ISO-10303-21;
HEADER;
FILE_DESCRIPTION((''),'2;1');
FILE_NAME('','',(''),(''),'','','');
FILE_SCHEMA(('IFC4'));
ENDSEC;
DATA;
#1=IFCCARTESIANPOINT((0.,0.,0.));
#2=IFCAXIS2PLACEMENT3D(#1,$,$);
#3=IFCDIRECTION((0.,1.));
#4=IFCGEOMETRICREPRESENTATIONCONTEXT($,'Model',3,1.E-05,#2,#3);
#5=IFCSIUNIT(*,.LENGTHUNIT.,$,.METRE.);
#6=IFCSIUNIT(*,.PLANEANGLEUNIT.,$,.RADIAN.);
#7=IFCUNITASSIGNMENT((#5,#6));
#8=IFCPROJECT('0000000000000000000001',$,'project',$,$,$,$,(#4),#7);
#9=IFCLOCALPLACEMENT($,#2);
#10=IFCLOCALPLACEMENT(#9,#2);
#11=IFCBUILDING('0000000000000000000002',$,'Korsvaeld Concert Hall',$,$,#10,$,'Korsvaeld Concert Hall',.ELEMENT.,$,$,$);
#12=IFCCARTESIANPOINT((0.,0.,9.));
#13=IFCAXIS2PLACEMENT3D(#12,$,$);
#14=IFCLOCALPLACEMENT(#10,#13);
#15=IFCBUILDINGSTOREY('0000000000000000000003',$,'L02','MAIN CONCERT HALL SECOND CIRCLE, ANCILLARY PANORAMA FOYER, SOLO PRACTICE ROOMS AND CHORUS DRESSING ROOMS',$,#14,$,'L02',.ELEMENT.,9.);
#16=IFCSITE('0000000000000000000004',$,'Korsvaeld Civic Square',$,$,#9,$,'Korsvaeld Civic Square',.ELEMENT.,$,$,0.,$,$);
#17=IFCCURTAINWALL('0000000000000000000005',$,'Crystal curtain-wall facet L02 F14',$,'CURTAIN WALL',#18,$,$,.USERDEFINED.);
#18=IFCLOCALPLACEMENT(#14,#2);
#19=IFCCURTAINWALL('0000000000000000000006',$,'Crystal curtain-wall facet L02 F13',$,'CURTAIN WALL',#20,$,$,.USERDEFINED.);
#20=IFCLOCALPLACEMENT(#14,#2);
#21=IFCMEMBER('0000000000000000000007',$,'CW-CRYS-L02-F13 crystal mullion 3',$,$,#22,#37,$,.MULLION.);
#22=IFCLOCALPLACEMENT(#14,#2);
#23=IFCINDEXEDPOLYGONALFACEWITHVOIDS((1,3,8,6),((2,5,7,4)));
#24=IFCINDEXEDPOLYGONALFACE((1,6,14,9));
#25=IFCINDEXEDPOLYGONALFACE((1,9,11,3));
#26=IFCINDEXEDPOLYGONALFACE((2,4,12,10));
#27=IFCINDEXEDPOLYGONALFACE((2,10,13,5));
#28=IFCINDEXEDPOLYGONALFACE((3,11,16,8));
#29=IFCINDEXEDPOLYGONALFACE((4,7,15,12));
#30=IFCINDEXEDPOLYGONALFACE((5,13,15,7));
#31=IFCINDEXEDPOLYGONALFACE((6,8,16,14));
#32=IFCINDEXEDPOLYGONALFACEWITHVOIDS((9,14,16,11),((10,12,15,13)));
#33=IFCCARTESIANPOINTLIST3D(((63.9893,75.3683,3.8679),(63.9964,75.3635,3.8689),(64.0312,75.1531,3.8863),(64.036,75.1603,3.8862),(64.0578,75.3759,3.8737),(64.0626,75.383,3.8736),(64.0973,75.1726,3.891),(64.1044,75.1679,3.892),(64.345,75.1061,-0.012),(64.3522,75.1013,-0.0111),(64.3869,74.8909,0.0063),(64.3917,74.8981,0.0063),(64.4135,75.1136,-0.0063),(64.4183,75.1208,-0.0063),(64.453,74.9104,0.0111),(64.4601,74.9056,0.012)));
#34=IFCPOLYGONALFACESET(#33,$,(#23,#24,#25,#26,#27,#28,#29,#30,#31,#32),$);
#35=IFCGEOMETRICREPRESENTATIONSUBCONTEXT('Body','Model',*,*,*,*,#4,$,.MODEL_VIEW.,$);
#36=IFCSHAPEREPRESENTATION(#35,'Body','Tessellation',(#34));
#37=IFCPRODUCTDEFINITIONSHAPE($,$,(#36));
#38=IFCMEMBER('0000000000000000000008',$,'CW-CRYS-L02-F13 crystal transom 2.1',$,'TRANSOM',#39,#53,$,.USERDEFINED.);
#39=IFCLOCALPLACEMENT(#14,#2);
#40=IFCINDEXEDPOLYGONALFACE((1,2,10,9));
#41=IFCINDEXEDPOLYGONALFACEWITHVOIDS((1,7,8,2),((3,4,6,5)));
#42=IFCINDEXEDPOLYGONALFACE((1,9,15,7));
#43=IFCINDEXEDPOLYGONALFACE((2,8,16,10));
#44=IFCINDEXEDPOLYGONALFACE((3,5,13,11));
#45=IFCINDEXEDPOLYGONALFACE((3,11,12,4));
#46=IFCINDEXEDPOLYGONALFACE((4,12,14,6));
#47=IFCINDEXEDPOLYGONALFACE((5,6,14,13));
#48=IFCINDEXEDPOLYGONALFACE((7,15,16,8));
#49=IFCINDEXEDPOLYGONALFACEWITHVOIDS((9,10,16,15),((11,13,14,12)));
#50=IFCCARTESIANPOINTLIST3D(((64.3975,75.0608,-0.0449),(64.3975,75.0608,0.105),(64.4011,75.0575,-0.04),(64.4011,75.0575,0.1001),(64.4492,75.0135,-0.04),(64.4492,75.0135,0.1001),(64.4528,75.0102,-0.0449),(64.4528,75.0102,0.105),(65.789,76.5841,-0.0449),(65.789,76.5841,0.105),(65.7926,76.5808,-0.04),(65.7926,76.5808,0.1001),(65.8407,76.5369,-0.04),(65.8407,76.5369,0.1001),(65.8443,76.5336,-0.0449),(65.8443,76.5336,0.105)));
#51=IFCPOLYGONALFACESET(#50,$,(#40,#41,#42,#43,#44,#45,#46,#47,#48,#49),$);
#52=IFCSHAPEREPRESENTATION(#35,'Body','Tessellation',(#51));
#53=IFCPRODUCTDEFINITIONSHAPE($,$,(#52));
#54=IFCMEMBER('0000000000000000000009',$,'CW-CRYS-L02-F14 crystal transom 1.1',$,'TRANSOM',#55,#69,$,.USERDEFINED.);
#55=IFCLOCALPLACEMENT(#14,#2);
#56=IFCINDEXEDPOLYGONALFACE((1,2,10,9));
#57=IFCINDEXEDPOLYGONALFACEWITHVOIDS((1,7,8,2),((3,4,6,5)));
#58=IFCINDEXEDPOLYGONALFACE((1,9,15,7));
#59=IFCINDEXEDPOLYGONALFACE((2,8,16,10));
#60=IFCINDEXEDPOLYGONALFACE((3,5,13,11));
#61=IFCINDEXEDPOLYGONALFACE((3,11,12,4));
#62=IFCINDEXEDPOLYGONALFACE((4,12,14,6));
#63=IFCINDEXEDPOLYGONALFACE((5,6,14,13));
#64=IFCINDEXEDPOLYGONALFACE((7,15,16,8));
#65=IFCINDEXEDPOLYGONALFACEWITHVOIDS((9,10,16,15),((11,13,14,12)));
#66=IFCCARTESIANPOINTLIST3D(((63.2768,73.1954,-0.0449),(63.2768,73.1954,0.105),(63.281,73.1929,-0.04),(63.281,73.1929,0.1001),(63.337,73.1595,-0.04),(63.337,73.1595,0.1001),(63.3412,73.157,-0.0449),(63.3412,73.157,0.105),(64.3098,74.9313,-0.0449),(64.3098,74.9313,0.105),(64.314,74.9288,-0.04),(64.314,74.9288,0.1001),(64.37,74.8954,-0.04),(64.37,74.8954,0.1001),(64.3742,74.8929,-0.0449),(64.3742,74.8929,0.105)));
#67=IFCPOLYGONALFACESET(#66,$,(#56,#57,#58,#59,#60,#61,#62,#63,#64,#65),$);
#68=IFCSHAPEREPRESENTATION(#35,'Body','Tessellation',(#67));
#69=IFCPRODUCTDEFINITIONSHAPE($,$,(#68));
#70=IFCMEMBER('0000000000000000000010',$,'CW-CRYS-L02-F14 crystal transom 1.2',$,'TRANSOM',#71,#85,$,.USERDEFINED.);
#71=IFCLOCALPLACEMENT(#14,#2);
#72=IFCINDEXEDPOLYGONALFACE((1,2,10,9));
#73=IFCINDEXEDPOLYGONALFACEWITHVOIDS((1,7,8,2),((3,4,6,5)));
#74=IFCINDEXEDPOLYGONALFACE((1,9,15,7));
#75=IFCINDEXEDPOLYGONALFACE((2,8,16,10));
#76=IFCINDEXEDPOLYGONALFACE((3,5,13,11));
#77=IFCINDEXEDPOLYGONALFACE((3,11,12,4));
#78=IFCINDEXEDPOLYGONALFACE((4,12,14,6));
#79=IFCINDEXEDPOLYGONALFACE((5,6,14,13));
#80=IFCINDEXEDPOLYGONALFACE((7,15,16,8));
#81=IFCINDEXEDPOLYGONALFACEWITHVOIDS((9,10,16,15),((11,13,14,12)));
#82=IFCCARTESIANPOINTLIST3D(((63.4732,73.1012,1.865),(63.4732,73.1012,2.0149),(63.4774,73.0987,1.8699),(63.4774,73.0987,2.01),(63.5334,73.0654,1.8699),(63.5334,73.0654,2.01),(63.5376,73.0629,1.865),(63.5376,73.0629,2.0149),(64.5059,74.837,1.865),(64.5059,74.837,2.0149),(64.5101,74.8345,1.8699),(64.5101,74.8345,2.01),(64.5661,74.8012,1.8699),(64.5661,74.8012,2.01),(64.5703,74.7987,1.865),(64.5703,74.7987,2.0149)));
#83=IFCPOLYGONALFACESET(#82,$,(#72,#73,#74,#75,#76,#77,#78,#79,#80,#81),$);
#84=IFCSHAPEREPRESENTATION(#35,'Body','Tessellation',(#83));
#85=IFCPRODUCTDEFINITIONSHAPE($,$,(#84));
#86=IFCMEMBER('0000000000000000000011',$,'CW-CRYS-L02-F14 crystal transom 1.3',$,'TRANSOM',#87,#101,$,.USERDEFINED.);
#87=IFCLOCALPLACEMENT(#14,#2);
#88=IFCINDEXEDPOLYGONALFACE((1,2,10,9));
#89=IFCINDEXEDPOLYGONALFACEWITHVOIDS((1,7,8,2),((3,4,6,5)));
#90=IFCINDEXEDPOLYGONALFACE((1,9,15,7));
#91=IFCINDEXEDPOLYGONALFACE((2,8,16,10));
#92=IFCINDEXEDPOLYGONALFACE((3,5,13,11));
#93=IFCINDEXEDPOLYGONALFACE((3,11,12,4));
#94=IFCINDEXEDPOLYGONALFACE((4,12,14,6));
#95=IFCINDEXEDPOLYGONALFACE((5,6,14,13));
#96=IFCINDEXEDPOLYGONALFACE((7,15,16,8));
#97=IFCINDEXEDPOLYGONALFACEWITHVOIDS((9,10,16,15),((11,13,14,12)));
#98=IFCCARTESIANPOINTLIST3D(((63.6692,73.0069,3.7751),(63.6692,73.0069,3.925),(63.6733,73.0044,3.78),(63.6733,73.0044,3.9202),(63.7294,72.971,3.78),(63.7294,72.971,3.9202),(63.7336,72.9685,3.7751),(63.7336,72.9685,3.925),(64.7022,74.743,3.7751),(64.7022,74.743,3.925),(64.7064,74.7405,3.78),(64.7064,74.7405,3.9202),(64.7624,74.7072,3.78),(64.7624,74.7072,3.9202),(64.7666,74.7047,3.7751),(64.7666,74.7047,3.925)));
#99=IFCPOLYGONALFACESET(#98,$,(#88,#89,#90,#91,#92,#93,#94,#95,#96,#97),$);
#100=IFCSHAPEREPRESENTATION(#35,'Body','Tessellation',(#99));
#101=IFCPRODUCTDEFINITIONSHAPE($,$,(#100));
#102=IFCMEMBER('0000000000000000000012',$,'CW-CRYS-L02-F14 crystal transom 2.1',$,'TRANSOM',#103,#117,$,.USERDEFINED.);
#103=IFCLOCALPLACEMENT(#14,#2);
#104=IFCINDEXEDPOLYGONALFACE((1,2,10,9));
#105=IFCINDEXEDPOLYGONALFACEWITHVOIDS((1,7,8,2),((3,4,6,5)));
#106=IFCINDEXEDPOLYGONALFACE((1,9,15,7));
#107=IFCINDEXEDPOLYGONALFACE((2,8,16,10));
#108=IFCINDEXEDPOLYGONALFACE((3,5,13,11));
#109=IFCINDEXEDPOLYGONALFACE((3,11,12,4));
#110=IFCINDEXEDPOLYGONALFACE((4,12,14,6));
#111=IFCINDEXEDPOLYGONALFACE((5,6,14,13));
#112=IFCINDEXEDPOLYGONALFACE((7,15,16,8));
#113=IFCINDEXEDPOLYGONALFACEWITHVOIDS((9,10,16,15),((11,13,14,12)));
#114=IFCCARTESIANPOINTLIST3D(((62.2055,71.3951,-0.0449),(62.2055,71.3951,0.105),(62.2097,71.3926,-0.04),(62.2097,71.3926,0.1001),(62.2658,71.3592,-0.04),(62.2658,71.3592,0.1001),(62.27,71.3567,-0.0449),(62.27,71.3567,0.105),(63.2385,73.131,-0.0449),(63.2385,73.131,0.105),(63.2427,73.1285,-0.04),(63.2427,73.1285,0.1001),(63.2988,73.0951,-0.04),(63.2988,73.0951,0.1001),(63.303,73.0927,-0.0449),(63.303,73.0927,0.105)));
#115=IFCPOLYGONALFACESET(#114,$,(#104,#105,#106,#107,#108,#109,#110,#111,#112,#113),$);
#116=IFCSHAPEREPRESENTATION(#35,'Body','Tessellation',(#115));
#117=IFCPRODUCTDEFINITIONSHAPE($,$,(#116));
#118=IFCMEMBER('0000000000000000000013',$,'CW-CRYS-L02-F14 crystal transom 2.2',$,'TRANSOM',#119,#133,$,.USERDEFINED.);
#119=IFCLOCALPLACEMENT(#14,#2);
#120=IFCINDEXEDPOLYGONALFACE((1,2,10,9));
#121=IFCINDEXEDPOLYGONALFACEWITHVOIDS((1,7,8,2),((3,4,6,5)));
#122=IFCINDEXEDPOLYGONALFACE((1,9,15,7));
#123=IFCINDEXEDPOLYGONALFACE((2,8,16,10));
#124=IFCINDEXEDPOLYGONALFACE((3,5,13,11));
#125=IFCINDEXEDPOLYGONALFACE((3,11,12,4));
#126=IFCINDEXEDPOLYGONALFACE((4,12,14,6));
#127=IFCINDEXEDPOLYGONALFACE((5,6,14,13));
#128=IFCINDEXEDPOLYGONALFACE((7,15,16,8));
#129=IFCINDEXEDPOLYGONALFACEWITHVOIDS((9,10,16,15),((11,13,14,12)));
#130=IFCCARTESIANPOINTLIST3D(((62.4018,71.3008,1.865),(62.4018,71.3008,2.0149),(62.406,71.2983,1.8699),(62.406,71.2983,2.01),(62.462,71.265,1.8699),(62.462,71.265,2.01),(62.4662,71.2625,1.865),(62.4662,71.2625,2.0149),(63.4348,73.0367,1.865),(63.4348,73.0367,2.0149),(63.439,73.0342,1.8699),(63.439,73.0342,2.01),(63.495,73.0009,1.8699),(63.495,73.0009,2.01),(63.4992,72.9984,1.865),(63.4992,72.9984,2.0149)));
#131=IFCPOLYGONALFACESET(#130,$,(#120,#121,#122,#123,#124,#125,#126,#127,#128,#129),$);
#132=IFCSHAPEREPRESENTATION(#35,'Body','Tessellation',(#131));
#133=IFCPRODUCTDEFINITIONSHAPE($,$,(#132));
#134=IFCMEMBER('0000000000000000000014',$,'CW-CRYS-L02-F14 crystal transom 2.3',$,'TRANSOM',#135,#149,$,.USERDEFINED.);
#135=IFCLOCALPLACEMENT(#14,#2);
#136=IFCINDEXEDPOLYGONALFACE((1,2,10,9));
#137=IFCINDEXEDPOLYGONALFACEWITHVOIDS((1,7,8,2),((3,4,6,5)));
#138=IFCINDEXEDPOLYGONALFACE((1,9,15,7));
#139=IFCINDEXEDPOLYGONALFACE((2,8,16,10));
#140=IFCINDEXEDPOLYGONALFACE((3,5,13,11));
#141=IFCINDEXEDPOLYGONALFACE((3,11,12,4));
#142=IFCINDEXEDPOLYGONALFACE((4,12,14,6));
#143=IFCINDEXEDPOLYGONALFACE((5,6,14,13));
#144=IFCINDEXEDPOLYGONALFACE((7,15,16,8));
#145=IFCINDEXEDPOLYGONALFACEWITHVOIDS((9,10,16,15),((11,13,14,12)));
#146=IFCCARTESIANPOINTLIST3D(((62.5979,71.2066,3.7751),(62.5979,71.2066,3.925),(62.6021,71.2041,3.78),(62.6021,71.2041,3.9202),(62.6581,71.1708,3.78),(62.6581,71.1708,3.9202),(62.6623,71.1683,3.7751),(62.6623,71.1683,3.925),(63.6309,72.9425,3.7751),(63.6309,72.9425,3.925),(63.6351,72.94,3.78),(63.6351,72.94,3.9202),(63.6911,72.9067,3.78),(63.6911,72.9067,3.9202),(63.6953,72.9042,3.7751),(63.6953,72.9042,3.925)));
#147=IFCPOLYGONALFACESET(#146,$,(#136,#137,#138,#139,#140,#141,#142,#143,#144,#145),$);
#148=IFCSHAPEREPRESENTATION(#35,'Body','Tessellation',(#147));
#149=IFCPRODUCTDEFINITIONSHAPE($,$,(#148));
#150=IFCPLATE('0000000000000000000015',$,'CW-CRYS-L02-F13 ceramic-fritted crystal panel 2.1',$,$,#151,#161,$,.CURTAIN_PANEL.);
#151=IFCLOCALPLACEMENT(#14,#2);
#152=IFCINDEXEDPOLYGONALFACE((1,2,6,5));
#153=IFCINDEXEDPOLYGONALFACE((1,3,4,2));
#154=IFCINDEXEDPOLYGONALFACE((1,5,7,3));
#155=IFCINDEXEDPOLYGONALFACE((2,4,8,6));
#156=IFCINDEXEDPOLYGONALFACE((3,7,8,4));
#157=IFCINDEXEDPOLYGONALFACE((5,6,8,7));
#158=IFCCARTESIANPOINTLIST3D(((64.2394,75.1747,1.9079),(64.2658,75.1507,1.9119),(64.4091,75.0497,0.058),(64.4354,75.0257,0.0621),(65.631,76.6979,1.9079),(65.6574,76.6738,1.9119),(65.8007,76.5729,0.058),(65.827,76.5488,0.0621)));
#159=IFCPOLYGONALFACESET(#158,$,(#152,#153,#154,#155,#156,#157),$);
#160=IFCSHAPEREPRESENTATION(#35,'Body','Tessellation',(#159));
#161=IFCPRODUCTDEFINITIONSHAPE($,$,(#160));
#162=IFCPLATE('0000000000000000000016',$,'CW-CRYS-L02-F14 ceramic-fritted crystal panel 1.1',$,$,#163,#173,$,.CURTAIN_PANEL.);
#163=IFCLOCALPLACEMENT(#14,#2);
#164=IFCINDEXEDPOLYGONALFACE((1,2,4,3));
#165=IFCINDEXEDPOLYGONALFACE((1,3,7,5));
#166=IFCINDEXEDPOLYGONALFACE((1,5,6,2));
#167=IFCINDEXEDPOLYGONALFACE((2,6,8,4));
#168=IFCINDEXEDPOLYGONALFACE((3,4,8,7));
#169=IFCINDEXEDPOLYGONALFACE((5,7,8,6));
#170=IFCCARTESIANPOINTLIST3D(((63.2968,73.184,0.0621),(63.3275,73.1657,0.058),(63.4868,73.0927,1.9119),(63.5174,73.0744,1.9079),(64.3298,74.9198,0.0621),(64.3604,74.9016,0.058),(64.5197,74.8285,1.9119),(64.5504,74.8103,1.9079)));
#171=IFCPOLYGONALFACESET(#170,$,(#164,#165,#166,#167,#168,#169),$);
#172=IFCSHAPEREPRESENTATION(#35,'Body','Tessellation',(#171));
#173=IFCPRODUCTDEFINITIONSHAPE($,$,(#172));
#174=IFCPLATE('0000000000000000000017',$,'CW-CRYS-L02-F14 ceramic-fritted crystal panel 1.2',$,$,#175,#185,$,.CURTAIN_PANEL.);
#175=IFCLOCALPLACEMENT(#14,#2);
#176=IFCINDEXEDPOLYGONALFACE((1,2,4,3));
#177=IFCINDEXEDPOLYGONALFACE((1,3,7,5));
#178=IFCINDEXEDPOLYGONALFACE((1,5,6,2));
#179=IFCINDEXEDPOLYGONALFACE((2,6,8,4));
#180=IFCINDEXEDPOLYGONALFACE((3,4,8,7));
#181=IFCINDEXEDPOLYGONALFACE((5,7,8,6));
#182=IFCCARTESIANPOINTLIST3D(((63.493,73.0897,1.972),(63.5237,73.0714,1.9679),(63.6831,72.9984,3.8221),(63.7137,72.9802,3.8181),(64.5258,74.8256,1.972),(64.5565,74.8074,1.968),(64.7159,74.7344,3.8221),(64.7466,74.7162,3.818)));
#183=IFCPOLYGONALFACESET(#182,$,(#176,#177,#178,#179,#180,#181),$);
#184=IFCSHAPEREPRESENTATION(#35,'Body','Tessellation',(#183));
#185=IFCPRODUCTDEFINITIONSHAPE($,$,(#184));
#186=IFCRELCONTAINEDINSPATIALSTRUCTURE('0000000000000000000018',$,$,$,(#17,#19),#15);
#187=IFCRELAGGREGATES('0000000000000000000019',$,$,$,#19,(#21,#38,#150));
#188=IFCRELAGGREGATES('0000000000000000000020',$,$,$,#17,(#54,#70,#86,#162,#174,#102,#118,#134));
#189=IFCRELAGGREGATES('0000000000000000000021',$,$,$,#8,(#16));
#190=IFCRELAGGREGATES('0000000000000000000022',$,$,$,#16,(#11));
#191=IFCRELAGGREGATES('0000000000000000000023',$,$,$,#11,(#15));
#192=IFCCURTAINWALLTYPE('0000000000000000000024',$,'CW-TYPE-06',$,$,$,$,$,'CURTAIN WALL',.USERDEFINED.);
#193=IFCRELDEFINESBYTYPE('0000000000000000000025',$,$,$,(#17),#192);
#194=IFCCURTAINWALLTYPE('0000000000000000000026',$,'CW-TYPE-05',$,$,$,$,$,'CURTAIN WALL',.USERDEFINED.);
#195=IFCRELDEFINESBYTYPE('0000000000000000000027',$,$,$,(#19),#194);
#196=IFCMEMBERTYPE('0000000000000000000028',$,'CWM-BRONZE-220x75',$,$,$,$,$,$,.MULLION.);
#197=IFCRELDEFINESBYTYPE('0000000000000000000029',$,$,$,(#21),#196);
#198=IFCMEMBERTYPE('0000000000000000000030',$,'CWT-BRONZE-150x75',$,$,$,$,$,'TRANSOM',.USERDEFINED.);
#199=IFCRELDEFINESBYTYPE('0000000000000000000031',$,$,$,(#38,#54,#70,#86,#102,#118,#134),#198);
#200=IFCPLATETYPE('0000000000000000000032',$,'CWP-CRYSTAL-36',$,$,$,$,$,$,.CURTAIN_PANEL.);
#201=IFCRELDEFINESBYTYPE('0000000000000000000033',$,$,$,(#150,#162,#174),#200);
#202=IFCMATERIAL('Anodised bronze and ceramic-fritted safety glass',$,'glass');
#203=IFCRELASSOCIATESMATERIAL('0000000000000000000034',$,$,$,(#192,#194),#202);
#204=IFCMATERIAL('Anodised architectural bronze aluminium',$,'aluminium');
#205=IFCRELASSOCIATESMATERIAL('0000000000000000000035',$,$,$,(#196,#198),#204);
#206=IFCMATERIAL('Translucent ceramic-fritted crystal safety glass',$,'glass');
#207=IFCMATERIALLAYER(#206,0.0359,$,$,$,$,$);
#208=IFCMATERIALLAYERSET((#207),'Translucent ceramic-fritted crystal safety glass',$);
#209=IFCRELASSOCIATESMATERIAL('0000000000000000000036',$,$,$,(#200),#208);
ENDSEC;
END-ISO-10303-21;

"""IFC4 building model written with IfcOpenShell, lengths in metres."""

from ifc_helpers import new_model, si_unit, direction, frame, origin, origin_2d, place, context, subcontext, project, spatial, polyline, hollow_rectangle, outline, extrude, material, layer, layer_set, material_profile, profile_set, type_object, element, aggregate, save


model = new_model("IFC4")

# Units and contexts
model_context = context("Model", 3, precision=1e-05, world=origin(), true_north=direction((0.0, 1.0)))
body_context = subcontext(model_context, "Body", "Model", "MODEL_VIEW")
ifc_project = project(units=[si_unit("LENGTHUNIT", "METRE"), si_unit("PLANEANGLEUNIT", "RADIAN")], contexts=[model_context])

# Site, building, storey
site_placement = place(None, origin())
site = spatial("IfcSite", under=ifc_project, at=site_placement, Name="Korsvaeld Civic Square", LongName="Korsvaeld Civic Square", CompositionType="ELEMENT", RefElevation=0.0)
building_placement = place(site_placement, origin())
building = spatial("IfcBuilding", under=site, at=building_placement, Name="Korsvaeld Concert Hall", LongName="Korsvaeld Concert Hall", CompositionType="ELEMENT")
storey_placement = place(building_placement, frame((0.0, 0.0, 9.0)))
storey = spatial("IfcBuildingStorey", under=building, at=storey_placement, Name="L02", Description="MAIN CONCERT HALL SECOND CIRCLE, ANCILLARY PANORAMA FOYER, SOLO PRACTICE ROOMS AND CHORUS DRESSING ROOMS", LongName="L02", CompositionType="ELEMENT", Elevation=9.0)

# Curtain walls, members
ifc_material_1 = material(Name="Anodised bronze and ceramic-fritted safety glass", Category="glass")
curtain_wall_type_1 = type_object("IfcCurtainWallType", Name="CW-TYPE-06", ElementType="CURTAIN WALL", PredefinedType="USERDEFINED", material=ifc_material_1)
curtain_wall_1_placement = place(storey_placement, origin())
curtain_wall_1 = element("IfcCurtainWall", 1, at=curtain_wall_1_placement, inside=storey, type_object=curtain_wall_type_1, Name="Crystal curtain-wall facet L02 F14", ObjectType="CURTAIN WALL", PredefinedType="USERDEFINED")
ifc_material_2 = material(Name="Anodised architectural bronze aluminium", Category="aluminium")
curtain_wall_type_2 = type_object("IfcCurtainWallType", Name="CW-TYPE-05", ElementType="CURTAIN WALL", PredefinedType="USERDEFINED", material=ifc_material_1)
curtain_wall_2_placement = place(storey_placement, origin())
curtain_wall_2 = element("IfcCurtainWall", 2, at=curtain_wall_2_placement, inside=storey, type_object=curtain_wall_type_2, Name="Crystal curtain-wall facet L02 F13", ObjectType="CURTAIN WALL", PredefinedType="USERDEFINED")
ifc_material_profile_1 = material_profile(ifc_material_2, hollow_rectangle(XDim=0.075, YDim=0.22, WallThickness=0.0061, at=origin_2d()), Name="CWM 220x75x6")
ifc_profile_set_1 = profile_set([ifc_material_profile_1], Name="Anodised architectural bronze aluminium")
member_type_1 = type_object("IfcMemberType", Name="CWM-BRONZE-220x75", PredefinedType="MULLION", material=ifc_profile_set_1)
member_1_placement = place(storey_placement, frame((64.4026, 75.0059, 0.0), z_axis=(-0.091092, 0.067147, 0.993576), x_axis=(-0.9775, -0.196641, -0.076329)))
member_1 = element("IfcMember", 3, at=member_1_placement, type_object=member_type_1, Name="CW-CRYS-L02-F13 crystal mullion 3", PredefinedType="MULLION", context=body_context, shape_type="SweptSolid", body=[
    extrude(hollow_rectangle(XDim=0.075, YDim=0.22, WallThickness=0.0061, at=origin_2d()), origin(), (0.0, 0.0, 1.0), 3.905),
])
ifc_material_profile_2 = material_profile(ifc_material_2, hollow_rectangle(XDim=0.075, YDim=0.1499, WallThickness=0.0049, at=origin_2d()), Name="CWT 150x75x5")
ifc_profile_set_2 = profile_set([ifc_material_profile_2], Name="Anodised architectural bronze aluminium")
member_type_2 = type_object("IfcMemberType", Name="CWT-BRONZE-150x75", ElementType="TRANSOM", PredefinedType="USERDEFINED", material=ifc_profile_set_2)
member_2_placement = place(storey_placement, frame((65.8167, 76.5588, 0.03), z_axis=(-0.674438, -0.738332, 0.0), x_axis=(0.738332, -0.674438, 0.0)))
member_2 = element("IfcMember", 4, at=member_2_placement, type_object=member_type_2, Name="CW-CRYS-L02-F13 crystal transom 2.1", ObjectType="TRANSOM", PredefinedType="USERDEFINED", context=body_context, shape_type="SweptSolid", body=[
    extrude(hollow_rectangle(XDim=0.075, YDim=0.1499, WallThickness=0.0049, at=origin_2d()), origin(), (0.0, 0.0, 1.0), 2.0632),
])

# Members
member_3_placement = place(storey_placement, frame((64.342, 74.9121, 0.03), z_axis=(-0.511382, -0.859354, 0.0), x_axis=(0.859354, -0.511382, 0.0)))
member_3 = element("IfcMember", 5, at=member_3_placement, type_object=member_type_2, Name="CW-CRYS-L02-F14 crystal transom 1.1", ObjectType="TRANSOM", PredefinedType="USERDEFINED", context=body_context, shape_type="SweptSolid", body=[
    extrude(hollow_rectangle(XDim=0.075, YDim=0.1499, WallThickness=0.0049, at=origin_2d()), origin(), (0.0, 0.0, 1.0), 2.02),
])
member_4_placement = place(storey_placement, frame((64.5381, 74.8179, 1.9399), z_axis=(-0.511293, -0.859407, 0.0), x_axis=(0.859407, -0.511293, 0.0)))
member_4 = element("IfcMember", 6, at=member_4_placement, type_object=member_type_2, Name="CW-CRYS-L02-F14 crystal transom 1.2", ObjectType="TRANSOM", PredefinedType="USERDEFINED", context=body_context, shape_type="SweptSolid", body=[
    extrude(hollow_rectangle(XDim=0.075, YDim=0.1499, WallThickness=0.0049, at=origin_2d()), origin(), (0.0, 0.0, 1.0), 2.0198),
])
member_5_placement = place(storey_placement, frame((64.7344, 74.7239, 3.8501), z_axis=(-0.511329, -0.859385, 0.0), x_axis=(0.859385, -0.511329, 0.0)))
member_5 = element("IfcMember", 7, at=member_5_placement, type_object=member_type_2, Name="CW-CRYS-L02-F14 crystal transom 1.3", ObjectType="TRANSOM", PredefinedType="USERDEFINED", context=body_context, shape_type="SweptSolid", body=[
    extrude(hollow_rectangle(XDim=0.075, YDim=0.1499, WallThickness=0.0049, at=origin_2d()), origin(), (0.0, 0.0, 1.0), 2.0203),
])
member_6_placement = place(storey_placement, frame((63.2708, 73.1118, 0.03), z_axis=(-0.511382, -0.859354, 0.0), x_axis=(0.859354, -0.511382, 0.0)))
member_6 = element("IfcMember", 8, at=member_6_placement, type_object=member_type_2, Name="CW-CRYS-L02-F14 crystal transom 2.1", ObjectType="TRANSOM", PredefinedType="USERDEFINED", context=body_context, shape_type="SweptSolid", body=[
    extrude(hollow_rectangle(XDim=0.075, YDim=0.1499, WallThickness=0.0049, at=origin_2d()), origin(), (0.0, 0.0, 1.0), 2.02),
])
member_7_placement = place(storey_placement, frame((63.467, 73.0176, 1.9399), z_axis=(-0.511382, -0.859354, 0.0), x_axis=(0.859354, -0.511382, 0.0)))
member_7 = element("IfcMember", 9, at=member_7_placement, type_object=member_type_2, Name="CW-CRYS-L02-F14 crystal transom 2.2", ObjectType="TRANSOM", PredefinedType="USERDEFINED", context=body_context, shape_type="SweptSolid", body=[
    extrude(hollow_rectangle(XDim=0.075, YDim=0.1499, WallThickness=0.0049, at=origin_2d()), origin(), (0.0, 0.0, 1.0), 2.02),
])
member_8_placement = place(storey_placement, frame((63.6631, 72.9233, 3.8501), z_axis=(-0.511382, -0.859354, 0.0), x_axis=(0.859354, -0.511382, 0.0)))
member_8 = element("IfcMember", 10, at=member_8_placement, type_object=member_type_2, Name="CW-CRYS-L02-F14 crystal transom 2.3", ObjectType="TRANSOM", PredefinedType="USERDEFINED", context=body_context, shape_type="SweptSolid", body=[
    extrude(hollow_rectangle(XDim=0.075, YDim=0.1499, WallThickness=0.0049, at=origin_2d()), origin(), (0.0, 0.0, 1.0), 2.02),
])

# Plates
ifc_material_3 = material(Name="Translucent ceramic-fritted crystal safety glass", Category="glass")
ifc_layer_1 = layer(ifc_material_3, 0.0359)
ifc_layer_set_1 = layer_set([ifc_layer_1], Name="Translucent ceramic-fritted crystal safety glass")
plate_type = type_object("IfcPlateType", Name="CWP-CRYSTAL-36", PredefinedType="CURTAIN_PANEL", material=ifc_layer_set_1)
plate_1_placement = place(storey_placement, frame((65.814, 76.5608, 0.0601), z_axis=(-0.733585, 0.670209, -0.112576), x_axis=(-0.674497, -0.738278, 0.0)))
plate_1 = element("IfcPlate", 11, at=plate_1_placement, type_object=plate_type, Name="CW-CRYS-L02-F13 ceramic-fritted crystal panel 2.1", PredefinedType="CURTAIN_PANEL", context=body_context, shape_type="SweptSolid", body=[
    extrude(outline(polyline([(0.0, 0.0), (2.0632, 0.0), (2.0853, 1.8617), (0.0222, 1.8617), (0.0, 0.0)])), frame((0.0, 0.0, 0.0181)), (0.0, 0.0, -1.0), 0.0359),
])
aggregate(curtain_wall_2, [member_1, member_2, plate_1])
plate_2_placement = place(storey_placement, frame((64.3452, 74.9106, 0.0601), z_axis=(-0.853873, 0.508121, 0.112756), x_axis=(-0.511382, -0.859354, 0.0)))
plate_2 = element("IfcPlate", 12, at=plate_2_placement, type_object=plate_type, Name="CW-CRYS-L02-F14 ceramic-fritted crystal panel 1.1", PredefinedType="CURTAIN_PANEL", context=body_context, shape_type="SweptSolid", body=[
    extrude(outline(polyline([(0.0, 0.0), (2.0199, 0.0), (2.0013, 1.8617), (-0.0187, 1.8617), (0.0, 0.0)])), frame((0.0, 0.0, 0.0181)), (0.0, 0.0, -1.0), 0.0359),
])
plate_3_placement = place(storey_placement, frame((64.5413, 74.8164, 1.97), z_axis=(-0.853915, 0.508049, 0.112764), x_axis=(-0.511312, -0.859395, -0.000009)))
plate_3 = element("IfcPlate", 13, at=plate_3_placement, type_object=plate_type, Name="CW-CRYS-L02-F14 ceramic-fritted crystal panel 1.2", PredefinedType="CURTAIN_PANEL", context=body_context, shape_type="SweptSolid", body=[
    extrude(outline(polyline([(0.0, 0.0), (2.0199, 0.0), (2.0011, 1.862), (-0.0189, 1.862), (0.0, 0.0)])), frame((0.0, 0.0, 0.0181)), (0.0, 0.0, -1.0), 0.0359),
])
aggregate(curtain_wall_1, [member_3, member_4, member_5, plate_2, plate_3, member_6, member_7, member_8])

save(model, "model.ifc")
